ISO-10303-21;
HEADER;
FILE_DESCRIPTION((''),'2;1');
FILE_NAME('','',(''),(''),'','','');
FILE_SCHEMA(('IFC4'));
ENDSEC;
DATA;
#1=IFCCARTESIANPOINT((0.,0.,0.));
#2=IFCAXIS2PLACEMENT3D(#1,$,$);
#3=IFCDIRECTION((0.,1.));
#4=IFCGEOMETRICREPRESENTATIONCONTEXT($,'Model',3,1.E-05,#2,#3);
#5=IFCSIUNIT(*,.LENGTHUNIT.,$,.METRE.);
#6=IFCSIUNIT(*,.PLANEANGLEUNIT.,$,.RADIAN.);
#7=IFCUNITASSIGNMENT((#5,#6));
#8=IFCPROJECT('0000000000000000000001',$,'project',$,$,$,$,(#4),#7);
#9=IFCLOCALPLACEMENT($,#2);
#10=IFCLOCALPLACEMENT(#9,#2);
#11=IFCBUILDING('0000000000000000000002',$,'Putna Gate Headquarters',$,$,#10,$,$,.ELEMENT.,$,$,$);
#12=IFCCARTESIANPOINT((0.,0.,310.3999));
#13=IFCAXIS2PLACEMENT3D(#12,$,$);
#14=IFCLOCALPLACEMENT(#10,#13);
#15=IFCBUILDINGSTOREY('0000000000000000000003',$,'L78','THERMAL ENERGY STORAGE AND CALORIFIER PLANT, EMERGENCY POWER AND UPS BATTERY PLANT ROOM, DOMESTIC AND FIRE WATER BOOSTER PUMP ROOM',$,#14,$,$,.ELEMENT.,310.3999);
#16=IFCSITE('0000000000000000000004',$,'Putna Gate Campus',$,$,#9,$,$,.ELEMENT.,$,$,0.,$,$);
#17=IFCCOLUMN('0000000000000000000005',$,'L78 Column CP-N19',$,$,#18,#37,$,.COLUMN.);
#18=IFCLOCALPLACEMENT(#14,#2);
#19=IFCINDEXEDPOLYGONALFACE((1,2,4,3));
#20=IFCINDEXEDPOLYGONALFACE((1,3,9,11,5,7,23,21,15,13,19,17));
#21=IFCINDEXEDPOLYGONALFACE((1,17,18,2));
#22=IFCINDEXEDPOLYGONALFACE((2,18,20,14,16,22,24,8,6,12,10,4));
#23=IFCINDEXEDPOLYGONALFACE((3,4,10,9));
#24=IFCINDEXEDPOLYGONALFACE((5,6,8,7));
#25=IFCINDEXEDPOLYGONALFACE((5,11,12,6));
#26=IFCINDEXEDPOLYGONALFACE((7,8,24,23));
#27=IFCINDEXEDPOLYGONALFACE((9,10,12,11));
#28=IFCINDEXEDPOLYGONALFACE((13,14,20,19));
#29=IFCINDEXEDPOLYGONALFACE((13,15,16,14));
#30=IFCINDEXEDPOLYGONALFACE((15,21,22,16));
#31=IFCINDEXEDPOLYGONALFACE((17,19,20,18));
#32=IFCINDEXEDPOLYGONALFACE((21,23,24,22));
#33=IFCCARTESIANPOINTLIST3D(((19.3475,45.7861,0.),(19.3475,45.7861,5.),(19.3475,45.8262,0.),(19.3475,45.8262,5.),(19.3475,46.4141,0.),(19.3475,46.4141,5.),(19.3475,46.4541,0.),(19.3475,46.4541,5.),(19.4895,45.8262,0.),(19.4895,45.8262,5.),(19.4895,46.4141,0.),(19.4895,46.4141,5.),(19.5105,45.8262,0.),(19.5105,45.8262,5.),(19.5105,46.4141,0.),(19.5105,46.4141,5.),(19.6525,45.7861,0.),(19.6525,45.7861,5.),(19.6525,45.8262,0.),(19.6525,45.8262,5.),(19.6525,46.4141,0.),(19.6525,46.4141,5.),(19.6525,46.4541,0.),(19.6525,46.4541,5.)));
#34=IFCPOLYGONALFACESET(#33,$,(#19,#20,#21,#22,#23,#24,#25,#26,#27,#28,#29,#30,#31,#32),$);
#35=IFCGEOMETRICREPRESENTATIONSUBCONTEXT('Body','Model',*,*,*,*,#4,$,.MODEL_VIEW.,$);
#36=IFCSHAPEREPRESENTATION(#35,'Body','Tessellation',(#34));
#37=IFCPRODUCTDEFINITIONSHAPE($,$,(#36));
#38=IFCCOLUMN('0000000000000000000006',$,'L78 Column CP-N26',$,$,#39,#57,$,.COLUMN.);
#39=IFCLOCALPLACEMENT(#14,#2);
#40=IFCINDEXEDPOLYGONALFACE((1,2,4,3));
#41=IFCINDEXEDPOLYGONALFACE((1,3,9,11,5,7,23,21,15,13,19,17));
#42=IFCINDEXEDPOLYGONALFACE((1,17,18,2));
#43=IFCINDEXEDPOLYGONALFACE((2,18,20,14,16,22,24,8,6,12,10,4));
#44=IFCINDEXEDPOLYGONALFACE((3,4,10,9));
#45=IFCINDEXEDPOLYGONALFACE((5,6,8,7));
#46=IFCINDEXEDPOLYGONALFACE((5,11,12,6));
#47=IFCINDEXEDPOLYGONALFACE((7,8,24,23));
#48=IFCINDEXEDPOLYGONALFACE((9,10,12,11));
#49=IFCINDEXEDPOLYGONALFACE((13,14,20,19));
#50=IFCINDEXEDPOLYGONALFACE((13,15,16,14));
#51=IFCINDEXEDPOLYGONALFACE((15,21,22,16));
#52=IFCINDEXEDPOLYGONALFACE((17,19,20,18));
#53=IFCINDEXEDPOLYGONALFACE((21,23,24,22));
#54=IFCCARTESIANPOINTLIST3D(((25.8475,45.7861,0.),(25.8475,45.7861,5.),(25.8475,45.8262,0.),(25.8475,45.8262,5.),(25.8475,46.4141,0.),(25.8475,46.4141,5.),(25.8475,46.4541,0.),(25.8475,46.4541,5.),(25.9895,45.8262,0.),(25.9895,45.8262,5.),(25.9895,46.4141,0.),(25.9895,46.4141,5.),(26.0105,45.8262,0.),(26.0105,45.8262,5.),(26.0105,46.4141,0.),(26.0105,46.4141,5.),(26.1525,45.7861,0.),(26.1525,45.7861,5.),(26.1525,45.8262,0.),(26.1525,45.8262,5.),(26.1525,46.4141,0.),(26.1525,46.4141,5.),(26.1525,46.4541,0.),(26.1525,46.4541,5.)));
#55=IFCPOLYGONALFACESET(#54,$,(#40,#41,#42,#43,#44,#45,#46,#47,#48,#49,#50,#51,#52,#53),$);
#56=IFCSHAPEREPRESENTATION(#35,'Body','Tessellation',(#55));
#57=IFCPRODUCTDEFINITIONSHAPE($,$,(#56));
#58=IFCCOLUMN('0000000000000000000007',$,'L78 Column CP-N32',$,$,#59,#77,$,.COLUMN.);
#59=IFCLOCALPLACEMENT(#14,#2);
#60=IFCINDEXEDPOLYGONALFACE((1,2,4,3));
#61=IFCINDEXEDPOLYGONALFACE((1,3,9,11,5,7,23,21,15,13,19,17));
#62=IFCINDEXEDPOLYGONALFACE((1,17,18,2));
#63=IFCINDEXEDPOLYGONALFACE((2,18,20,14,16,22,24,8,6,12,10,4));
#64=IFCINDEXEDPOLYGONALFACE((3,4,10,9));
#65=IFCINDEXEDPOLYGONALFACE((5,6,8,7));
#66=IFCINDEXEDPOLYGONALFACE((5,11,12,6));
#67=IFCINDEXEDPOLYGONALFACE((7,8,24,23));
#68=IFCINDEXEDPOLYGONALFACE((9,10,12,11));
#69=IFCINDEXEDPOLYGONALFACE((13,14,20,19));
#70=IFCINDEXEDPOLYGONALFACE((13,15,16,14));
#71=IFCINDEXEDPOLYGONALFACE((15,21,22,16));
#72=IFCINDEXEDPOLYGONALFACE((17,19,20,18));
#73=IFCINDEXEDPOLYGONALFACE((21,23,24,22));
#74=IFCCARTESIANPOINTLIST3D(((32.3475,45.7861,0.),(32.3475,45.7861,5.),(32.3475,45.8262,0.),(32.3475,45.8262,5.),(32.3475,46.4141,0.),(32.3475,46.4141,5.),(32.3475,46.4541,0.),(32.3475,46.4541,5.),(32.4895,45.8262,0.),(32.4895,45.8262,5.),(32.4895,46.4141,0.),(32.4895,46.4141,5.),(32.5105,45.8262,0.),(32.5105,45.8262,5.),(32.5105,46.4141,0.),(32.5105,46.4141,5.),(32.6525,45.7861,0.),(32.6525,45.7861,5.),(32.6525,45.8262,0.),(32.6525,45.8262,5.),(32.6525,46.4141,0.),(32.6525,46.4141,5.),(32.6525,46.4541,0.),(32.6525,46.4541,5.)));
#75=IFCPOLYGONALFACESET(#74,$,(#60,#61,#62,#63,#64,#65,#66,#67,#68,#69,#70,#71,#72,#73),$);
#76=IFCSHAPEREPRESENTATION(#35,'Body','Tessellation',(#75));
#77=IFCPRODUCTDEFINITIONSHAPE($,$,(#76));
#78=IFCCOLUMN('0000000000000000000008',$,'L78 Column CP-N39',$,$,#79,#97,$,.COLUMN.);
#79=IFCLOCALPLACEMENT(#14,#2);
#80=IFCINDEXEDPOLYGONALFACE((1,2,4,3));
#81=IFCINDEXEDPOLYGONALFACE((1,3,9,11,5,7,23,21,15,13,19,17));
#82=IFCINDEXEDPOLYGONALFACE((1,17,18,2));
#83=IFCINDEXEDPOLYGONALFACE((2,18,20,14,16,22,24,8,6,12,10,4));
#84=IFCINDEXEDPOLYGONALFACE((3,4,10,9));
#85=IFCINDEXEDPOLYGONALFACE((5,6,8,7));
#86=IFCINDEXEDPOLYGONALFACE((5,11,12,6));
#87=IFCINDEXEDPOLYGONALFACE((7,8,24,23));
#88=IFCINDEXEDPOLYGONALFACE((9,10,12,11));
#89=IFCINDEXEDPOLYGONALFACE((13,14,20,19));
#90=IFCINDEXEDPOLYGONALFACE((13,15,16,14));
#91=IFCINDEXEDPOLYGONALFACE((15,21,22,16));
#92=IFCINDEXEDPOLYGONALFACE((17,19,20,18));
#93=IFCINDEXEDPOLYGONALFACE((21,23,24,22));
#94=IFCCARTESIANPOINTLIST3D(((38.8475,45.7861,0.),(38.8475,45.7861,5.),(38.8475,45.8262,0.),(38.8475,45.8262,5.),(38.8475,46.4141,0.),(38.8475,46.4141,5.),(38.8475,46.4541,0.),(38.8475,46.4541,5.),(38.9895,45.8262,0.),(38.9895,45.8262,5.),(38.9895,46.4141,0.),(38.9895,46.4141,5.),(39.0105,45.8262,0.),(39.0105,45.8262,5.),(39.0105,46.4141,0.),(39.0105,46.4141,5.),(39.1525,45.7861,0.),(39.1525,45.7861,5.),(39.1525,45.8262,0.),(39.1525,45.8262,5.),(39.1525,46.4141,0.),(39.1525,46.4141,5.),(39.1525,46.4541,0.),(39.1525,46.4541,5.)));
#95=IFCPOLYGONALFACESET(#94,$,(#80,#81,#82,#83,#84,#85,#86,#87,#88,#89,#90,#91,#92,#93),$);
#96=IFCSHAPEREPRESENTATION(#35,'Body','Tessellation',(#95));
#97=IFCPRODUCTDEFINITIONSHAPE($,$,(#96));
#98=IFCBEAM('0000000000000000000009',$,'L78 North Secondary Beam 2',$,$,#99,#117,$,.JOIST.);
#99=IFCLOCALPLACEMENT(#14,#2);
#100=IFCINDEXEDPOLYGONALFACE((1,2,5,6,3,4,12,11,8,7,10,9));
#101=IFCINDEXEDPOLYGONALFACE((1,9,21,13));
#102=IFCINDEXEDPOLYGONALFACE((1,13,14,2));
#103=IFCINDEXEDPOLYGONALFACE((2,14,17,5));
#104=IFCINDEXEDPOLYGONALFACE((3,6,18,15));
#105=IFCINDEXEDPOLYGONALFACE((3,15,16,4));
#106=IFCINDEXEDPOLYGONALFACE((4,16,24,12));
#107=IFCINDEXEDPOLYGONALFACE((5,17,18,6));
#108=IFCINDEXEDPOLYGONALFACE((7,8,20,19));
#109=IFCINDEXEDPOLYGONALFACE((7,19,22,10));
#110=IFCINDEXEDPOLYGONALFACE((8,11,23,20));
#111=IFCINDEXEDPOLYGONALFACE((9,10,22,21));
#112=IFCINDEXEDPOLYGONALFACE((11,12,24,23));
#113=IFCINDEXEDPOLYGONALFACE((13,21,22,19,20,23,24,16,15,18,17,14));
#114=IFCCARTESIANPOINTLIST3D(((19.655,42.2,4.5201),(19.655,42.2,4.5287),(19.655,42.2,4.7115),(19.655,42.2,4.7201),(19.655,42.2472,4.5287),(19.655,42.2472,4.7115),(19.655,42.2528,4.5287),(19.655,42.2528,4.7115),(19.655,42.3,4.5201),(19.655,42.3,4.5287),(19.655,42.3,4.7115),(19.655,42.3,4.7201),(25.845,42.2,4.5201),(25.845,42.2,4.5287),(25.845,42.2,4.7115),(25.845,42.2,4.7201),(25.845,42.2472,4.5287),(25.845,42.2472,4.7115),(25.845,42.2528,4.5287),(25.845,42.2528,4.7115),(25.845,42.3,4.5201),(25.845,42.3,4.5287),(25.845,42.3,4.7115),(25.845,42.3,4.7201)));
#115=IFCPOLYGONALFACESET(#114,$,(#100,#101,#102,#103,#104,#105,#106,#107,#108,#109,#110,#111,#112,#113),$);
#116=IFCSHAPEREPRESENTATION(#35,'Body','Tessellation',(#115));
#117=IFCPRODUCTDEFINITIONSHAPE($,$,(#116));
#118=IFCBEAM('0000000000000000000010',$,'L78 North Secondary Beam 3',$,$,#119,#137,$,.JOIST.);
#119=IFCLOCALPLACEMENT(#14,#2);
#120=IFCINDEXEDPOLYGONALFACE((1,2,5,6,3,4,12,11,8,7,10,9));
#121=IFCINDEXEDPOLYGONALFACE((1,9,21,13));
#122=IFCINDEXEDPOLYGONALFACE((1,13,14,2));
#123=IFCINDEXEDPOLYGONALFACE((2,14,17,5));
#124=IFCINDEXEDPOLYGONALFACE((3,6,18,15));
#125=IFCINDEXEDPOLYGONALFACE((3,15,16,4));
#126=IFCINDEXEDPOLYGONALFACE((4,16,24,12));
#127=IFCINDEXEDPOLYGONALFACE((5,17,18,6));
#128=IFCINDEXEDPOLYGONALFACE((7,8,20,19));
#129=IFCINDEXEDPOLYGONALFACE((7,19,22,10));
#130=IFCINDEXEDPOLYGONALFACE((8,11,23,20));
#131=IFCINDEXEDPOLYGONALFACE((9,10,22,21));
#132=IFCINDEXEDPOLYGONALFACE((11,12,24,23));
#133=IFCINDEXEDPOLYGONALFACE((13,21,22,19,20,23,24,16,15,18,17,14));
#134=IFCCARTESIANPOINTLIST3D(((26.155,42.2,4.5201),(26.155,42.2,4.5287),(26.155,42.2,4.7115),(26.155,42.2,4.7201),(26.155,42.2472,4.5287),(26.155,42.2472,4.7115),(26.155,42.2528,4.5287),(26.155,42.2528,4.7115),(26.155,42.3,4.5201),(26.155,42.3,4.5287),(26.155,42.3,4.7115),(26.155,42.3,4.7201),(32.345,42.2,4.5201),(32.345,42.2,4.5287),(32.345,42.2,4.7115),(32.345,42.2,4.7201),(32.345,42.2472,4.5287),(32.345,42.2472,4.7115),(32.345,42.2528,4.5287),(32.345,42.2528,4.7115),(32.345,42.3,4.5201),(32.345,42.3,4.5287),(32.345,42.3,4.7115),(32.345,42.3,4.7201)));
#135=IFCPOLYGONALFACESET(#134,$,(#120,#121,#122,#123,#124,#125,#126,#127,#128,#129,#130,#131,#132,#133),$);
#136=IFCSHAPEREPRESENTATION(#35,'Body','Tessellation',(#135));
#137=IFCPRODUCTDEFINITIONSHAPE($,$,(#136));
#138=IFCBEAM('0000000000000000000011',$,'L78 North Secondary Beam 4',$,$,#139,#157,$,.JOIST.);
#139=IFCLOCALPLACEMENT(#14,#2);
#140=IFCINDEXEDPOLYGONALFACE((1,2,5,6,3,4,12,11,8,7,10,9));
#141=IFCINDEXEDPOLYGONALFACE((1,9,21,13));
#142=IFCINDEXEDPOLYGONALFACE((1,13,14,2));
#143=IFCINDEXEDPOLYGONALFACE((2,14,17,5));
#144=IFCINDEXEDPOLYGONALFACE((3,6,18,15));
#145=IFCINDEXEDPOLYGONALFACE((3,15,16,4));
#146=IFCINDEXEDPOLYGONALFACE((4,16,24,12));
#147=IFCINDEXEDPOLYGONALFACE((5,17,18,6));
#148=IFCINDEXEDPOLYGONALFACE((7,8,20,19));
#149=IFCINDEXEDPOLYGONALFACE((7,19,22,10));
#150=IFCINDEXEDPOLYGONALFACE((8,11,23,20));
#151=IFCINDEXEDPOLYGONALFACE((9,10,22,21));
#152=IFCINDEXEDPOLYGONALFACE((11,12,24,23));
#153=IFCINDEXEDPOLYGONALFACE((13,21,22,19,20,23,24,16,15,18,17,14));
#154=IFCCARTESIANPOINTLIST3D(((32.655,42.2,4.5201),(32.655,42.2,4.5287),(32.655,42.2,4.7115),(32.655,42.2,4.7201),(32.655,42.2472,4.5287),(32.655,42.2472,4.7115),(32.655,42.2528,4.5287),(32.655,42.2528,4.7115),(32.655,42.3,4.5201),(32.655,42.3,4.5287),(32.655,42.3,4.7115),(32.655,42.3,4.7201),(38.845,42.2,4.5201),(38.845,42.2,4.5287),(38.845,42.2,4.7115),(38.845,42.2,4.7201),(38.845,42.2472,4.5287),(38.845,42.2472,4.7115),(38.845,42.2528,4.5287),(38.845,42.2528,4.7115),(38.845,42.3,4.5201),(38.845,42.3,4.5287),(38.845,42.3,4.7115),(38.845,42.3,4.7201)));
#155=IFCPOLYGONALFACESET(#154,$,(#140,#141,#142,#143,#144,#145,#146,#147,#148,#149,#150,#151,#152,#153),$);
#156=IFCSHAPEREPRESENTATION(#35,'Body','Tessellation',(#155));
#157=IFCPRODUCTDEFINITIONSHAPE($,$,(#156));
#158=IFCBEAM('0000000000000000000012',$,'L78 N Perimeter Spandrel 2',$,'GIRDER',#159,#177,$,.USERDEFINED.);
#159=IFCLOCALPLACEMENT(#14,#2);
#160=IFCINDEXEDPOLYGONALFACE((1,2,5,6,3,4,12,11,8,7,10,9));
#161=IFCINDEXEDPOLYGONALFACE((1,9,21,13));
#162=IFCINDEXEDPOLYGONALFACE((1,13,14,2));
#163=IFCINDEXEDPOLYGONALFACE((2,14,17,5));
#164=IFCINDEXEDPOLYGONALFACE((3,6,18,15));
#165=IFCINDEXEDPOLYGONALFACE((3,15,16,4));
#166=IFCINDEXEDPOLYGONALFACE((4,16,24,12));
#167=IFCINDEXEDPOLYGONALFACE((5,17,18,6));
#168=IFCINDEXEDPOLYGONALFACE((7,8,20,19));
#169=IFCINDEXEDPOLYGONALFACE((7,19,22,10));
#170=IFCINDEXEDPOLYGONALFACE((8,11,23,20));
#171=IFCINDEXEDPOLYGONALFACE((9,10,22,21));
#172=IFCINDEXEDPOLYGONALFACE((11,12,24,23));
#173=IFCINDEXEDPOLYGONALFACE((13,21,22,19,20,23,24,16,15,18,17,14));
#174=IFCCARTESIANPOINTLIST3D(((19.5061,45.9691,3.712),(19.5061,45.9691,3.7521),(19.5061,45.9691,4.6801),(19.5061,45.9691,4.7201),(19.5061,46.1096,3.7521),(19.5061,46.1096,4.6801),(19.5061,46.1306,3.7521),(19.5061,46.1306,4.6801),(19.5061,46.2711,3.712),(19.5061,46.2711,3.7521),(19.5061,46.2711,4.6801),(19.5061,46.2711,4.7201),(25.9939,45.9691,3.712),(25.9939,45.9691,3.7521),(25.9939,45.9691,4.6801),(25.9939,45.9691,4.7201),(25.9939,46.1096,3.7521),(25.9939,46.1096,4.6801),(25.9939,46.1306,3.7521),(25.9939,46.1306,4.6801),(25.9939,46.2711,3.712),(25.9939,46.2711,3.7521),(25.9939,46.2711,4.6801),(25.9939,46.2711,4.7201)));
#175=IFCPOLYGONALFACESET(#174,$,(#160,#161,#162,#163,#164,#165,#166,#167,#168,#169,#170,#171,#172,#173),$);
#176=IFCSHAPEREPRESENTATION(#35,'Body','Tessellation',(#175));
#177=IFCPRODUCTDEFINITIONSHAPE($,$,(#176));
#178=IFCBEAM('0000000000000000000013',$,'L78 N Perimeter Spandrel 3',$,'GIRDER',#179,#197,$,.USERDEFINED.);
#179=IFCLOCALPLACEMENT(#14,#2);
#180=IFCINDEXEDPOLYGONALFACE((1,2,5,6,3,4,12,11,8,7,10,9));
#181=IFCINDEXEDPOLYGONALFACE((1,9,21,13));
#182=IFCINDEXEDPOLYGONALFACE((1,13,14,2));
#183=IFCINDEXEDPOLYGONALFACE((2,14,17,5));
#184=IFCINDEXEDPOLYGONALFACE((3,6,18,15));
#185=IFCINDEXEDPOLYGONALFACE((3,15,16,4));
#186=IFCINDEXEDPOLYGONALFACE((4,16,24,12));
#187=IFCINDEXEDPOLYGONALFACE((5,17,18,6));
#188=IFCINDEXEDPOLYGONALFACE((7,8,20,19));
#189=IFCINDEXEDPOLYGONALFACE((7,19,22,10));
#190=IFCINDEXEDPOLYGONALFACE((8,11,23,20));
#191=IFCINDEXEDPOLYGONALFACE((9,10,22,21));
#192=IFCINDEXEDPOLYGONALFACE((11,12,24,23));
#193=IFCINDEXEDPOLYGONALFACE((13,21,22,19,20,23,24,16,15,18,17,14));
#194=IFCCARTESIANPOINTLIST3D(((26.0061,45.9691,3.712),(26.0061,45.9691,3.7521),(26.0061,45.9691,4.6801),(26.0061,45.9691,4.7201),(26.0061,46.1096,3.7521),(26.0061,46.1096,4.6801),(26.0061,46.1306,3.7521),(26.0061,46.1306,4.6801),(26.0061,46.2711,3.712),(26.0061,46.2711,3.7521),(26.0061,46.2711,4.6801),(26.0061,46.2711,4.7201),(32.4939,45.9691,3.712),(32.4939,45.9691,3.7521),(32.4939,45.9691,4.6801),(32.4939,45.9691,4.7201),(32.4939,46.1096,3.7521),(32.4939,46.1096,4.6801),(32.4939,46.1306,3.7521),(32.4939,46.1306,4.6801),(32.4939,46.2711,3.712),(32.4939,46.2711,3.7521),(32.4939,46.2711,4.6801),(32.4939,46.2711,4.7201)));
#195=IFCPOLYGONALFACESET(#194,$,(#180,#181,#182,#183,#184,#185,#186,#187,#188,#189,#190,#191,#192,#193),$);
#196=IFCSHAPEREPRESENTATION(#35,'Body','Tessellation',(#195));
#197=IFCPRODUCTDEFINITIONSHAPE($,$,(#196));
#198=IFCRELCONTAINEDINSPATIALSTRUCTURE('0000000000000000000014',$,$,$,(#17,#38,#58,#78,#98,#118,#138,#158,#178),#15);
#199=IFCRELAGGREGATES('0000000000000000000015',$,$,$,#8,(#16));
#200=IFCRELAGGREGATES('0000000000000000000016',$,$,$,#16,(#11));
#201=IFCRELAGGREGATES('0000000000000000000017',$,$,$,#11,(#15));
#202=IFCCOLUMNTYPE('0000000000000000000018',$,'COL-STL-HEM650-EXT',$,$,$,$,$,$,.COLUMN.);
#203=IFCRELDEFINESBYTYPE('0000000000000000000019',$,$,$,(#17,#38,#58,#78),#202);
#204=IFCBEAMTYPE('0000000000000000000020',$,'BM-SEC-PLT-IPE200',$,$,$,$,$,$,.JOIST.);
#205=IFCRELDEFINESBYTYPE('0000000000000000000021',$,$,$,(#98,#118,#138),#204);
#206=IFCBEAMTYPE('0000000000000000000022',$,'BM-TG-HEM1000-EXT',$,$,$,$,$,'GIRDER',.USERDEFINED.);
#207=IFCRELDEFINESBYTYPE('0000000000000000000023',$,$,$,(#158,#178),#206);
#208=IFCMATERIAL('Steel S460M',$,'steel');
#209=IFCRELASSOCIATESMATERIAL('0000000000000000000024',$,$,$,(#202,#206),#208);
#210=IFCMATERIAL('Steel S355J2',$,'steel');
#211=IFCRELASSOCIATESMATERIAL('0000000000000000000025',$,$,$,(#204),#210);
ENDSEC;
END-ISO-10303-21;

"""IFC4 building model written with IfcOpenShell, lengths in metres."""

from ifc_helpers import new_model, si_unit, direction, frame, origin, origin_2d, place, context, subcontext, project, spatial, i_section, extrude, material, material_profile, profile_set, type_object, element, save


model = new_model("IFC4")

# Units and contexts
model_context = context("Model", 3, precision=1e-05, world=origin(), true_north=direction((0.0, 1.0)))
body_context = subcontext(model_context, "Body", "Model", "MODEL_VIEW")
ifc_project = project(units=[si_unit("LENGTHUNIT", "METRE"), si_unit("PLANEANGLEUNIT", "RADIAN")], contexts=[model_context])

# Site, building, storey
site_placement = place(None, origin())
site = spatial("IfcSite", under=ifc_project, at=site_placement, Name="Putna Gate Campus", CompositionType="ELEMENT", RefElevation=0.0)
building_placement = place(site_placement, origin())
building = spatial("IfcBuilding", under=site, at=building_placement, Name="Putna Gate Headquarters", CompositionType="ELEMENT")
storey_placement = place(building_placement, frame((0.0, 0.0, 310.3999)))
storey = spatial("IfcBuildingStorey", under=building, at=storey_placement, Name="L78", Description="THERMAL ENERGY STORAGE AND CALORIFIER PLANT, EMERGENCY POWER AND UPS BATTERY PLANT ROOM, DOMESTIC AND FIRE WATER BOOSTER PUMP ROOM", CompositionType="ELEMENT", Elevation=310.3999)

# Columns
ifc_material_1 = material(Name="Steel S460M", Category="steel")
ifc_material_profile_1 = material_profile(ifc_material_1, i_section(OverallWidth=0.3049, OverallDepth=0.668, WebThickness=0.021, FlangeThickness=0.04, at=origin_2d()), Name="Steel S460M")
ifc_profile_set_1 = profile_set([ifc_material_profile_1], Name="Steel S460M")
column_type = type_object("IfcColumnType", Name="COL-STL-HEM650-EXT", PredefinedType="COLUMN", material=ifc_profile_set_1)
for number, where, z_axis, x_axis, name in (
    (1, (19.5, 46.1201, 0.0), (0.0, 0.0, 1.0), (1.0, 0.0, 0.0), "L78 Column CP-N19"),
    (2, (26.0, 46.1201, 0.0), (0.0, 0.0, 1.0), (1.0, 0.0, 0.0), "L78 Column CP-N26"),
    (3, (32.5, 46.1201, 0.0), (0.0, 0.0, 1.0), (1.0, 0.0, 0.0), "L78 Column CP-N32"),
    (4, (39.0, 46.1201, 0.0), (0.0, 0.0, 1.0), (1.0, 0.0, 0.0), "L78 Column CP-N39"),
):
    element("IfcColumn", number, at=place(storey_placement, frame(where, z_axis=z_axis, x_axis=x_axis)), inside=storey, type_object=column_type, Name=name, PredefinedType="COLUMN", context=body_context, shape_type="SweptSolid", body=[
        extrude(i_section(OverallWidth=0.3049, OverallDepth=0.668, WebThickness=0.021, FlangeThickness=0.04, at=origin_2d()), origin(), (0.0, 0.0, 1.0), 5.0),
    ])

# Beams
ifc_material_2 = material(Name="Steel S355J2", Category="steel")
ifc_material_profile_2 = material_profile(ifc_material_2, i_section(OverallWidth=0.1001, OverallDepth=0.2, WebThickness=0.0056, FlangeThickness=0.0085, at=origin_2d()), Name="Steel S355J2")
ifc_profile_set_2 = profile_set([ifc_material_profile_2], Name="Steel S355J2")
beam_type_1 = type_object("IfcBeamType", Name="BM-SEC-PLT-IPE200", PredefinedType="JOIST", material=ifc_profile_set_2)
for number, where, z_axis, x_axis, name in (
    (5, (19.655, 42.25, 4.6201), (1.0, 0.0, 0.0), (0.0, 1.0, 0.0), "L78 North Secondary Beam 2"),
    (6, (26.155, 42.25, 4.6201), (1.0, 0.0, 0.0), (0.0, 1.0, 0.0), "L78 North Secondary Beam 3"),
    (7, (32.655, 42.25, 4.6201), (1.0, 0.0, 0.0), (0.0, 1.0, 0.0), "L78 North Secondary Beam 4"),
):
    element("IfcBeam", number, at=place(storey_placement, frame(where, z_axis=z_axis, x_axis=x_axis)), inside=storey, type_object=beam_type_1, Name=name, PredefinedType="JOIST", context=body_context, shape_type="SweptSolid", body=[
        extrude(i_section(OverallWidth=0.1001, OverallDepth=0.2, WebThickness=0.0056, FlangeThickness=0.0085, at=origin_2d()), origin(), (0.0, 0.0, 1.0), 6.1899),
    ])
ifc_material_profile_3 = material_profile(ifc_material_1, i_section(OverallWidth=0.302, OverallDepth=1.0081, WebThickness=0.021, FlangeThickness=0.04, at=origin_2d()), Name="Steel S460M")
ifc_profile_set_3 = profile_set([ifc_material_profile_3], Name="Steel S460M")
beam_type_2 = type_object("IfcBeamType", Name="BM-TG-HEM1000-EXT", ElementType="GIRDER", PredefinedType="USERDEFINED", material=ifc_profile_set_3)
for number, where, z_axis, x_axis, name in (
    (8, (19.5061, 46.1201, 4.2161), (1.0, 0.0, 0.0), (0.0, 1.0, 0.0), "L78 N Perimeter Spandrel 2"),
    (9, (26.0061, 46.1201, 4.2161), (1.0, 0.0, 0.0), (0.0, 1.0, 0.0), "L78 N Perimeter Spandrel 3"),
):
    element("IfcBeam", number, at=place(storey_placement, frame(where, z_axis=z_axis, x_axis=x_axis)), inside=storey, type_object=beam_type_2, Name=name, ObjectType="GIRDER", PredefinedType="USERDEFINED", context=body_context, shape_type="SweptSolid", body=[
        extrude(i_section(OverallWidth=0.302, OverallDepth=1.0081, WebThickness=0.021, FlangeThickness=0.04, at=origin_2d()), origin(), (0.0, 0.0, 1.0), 6.4878),
    ])

save(model, "model.ifc")
